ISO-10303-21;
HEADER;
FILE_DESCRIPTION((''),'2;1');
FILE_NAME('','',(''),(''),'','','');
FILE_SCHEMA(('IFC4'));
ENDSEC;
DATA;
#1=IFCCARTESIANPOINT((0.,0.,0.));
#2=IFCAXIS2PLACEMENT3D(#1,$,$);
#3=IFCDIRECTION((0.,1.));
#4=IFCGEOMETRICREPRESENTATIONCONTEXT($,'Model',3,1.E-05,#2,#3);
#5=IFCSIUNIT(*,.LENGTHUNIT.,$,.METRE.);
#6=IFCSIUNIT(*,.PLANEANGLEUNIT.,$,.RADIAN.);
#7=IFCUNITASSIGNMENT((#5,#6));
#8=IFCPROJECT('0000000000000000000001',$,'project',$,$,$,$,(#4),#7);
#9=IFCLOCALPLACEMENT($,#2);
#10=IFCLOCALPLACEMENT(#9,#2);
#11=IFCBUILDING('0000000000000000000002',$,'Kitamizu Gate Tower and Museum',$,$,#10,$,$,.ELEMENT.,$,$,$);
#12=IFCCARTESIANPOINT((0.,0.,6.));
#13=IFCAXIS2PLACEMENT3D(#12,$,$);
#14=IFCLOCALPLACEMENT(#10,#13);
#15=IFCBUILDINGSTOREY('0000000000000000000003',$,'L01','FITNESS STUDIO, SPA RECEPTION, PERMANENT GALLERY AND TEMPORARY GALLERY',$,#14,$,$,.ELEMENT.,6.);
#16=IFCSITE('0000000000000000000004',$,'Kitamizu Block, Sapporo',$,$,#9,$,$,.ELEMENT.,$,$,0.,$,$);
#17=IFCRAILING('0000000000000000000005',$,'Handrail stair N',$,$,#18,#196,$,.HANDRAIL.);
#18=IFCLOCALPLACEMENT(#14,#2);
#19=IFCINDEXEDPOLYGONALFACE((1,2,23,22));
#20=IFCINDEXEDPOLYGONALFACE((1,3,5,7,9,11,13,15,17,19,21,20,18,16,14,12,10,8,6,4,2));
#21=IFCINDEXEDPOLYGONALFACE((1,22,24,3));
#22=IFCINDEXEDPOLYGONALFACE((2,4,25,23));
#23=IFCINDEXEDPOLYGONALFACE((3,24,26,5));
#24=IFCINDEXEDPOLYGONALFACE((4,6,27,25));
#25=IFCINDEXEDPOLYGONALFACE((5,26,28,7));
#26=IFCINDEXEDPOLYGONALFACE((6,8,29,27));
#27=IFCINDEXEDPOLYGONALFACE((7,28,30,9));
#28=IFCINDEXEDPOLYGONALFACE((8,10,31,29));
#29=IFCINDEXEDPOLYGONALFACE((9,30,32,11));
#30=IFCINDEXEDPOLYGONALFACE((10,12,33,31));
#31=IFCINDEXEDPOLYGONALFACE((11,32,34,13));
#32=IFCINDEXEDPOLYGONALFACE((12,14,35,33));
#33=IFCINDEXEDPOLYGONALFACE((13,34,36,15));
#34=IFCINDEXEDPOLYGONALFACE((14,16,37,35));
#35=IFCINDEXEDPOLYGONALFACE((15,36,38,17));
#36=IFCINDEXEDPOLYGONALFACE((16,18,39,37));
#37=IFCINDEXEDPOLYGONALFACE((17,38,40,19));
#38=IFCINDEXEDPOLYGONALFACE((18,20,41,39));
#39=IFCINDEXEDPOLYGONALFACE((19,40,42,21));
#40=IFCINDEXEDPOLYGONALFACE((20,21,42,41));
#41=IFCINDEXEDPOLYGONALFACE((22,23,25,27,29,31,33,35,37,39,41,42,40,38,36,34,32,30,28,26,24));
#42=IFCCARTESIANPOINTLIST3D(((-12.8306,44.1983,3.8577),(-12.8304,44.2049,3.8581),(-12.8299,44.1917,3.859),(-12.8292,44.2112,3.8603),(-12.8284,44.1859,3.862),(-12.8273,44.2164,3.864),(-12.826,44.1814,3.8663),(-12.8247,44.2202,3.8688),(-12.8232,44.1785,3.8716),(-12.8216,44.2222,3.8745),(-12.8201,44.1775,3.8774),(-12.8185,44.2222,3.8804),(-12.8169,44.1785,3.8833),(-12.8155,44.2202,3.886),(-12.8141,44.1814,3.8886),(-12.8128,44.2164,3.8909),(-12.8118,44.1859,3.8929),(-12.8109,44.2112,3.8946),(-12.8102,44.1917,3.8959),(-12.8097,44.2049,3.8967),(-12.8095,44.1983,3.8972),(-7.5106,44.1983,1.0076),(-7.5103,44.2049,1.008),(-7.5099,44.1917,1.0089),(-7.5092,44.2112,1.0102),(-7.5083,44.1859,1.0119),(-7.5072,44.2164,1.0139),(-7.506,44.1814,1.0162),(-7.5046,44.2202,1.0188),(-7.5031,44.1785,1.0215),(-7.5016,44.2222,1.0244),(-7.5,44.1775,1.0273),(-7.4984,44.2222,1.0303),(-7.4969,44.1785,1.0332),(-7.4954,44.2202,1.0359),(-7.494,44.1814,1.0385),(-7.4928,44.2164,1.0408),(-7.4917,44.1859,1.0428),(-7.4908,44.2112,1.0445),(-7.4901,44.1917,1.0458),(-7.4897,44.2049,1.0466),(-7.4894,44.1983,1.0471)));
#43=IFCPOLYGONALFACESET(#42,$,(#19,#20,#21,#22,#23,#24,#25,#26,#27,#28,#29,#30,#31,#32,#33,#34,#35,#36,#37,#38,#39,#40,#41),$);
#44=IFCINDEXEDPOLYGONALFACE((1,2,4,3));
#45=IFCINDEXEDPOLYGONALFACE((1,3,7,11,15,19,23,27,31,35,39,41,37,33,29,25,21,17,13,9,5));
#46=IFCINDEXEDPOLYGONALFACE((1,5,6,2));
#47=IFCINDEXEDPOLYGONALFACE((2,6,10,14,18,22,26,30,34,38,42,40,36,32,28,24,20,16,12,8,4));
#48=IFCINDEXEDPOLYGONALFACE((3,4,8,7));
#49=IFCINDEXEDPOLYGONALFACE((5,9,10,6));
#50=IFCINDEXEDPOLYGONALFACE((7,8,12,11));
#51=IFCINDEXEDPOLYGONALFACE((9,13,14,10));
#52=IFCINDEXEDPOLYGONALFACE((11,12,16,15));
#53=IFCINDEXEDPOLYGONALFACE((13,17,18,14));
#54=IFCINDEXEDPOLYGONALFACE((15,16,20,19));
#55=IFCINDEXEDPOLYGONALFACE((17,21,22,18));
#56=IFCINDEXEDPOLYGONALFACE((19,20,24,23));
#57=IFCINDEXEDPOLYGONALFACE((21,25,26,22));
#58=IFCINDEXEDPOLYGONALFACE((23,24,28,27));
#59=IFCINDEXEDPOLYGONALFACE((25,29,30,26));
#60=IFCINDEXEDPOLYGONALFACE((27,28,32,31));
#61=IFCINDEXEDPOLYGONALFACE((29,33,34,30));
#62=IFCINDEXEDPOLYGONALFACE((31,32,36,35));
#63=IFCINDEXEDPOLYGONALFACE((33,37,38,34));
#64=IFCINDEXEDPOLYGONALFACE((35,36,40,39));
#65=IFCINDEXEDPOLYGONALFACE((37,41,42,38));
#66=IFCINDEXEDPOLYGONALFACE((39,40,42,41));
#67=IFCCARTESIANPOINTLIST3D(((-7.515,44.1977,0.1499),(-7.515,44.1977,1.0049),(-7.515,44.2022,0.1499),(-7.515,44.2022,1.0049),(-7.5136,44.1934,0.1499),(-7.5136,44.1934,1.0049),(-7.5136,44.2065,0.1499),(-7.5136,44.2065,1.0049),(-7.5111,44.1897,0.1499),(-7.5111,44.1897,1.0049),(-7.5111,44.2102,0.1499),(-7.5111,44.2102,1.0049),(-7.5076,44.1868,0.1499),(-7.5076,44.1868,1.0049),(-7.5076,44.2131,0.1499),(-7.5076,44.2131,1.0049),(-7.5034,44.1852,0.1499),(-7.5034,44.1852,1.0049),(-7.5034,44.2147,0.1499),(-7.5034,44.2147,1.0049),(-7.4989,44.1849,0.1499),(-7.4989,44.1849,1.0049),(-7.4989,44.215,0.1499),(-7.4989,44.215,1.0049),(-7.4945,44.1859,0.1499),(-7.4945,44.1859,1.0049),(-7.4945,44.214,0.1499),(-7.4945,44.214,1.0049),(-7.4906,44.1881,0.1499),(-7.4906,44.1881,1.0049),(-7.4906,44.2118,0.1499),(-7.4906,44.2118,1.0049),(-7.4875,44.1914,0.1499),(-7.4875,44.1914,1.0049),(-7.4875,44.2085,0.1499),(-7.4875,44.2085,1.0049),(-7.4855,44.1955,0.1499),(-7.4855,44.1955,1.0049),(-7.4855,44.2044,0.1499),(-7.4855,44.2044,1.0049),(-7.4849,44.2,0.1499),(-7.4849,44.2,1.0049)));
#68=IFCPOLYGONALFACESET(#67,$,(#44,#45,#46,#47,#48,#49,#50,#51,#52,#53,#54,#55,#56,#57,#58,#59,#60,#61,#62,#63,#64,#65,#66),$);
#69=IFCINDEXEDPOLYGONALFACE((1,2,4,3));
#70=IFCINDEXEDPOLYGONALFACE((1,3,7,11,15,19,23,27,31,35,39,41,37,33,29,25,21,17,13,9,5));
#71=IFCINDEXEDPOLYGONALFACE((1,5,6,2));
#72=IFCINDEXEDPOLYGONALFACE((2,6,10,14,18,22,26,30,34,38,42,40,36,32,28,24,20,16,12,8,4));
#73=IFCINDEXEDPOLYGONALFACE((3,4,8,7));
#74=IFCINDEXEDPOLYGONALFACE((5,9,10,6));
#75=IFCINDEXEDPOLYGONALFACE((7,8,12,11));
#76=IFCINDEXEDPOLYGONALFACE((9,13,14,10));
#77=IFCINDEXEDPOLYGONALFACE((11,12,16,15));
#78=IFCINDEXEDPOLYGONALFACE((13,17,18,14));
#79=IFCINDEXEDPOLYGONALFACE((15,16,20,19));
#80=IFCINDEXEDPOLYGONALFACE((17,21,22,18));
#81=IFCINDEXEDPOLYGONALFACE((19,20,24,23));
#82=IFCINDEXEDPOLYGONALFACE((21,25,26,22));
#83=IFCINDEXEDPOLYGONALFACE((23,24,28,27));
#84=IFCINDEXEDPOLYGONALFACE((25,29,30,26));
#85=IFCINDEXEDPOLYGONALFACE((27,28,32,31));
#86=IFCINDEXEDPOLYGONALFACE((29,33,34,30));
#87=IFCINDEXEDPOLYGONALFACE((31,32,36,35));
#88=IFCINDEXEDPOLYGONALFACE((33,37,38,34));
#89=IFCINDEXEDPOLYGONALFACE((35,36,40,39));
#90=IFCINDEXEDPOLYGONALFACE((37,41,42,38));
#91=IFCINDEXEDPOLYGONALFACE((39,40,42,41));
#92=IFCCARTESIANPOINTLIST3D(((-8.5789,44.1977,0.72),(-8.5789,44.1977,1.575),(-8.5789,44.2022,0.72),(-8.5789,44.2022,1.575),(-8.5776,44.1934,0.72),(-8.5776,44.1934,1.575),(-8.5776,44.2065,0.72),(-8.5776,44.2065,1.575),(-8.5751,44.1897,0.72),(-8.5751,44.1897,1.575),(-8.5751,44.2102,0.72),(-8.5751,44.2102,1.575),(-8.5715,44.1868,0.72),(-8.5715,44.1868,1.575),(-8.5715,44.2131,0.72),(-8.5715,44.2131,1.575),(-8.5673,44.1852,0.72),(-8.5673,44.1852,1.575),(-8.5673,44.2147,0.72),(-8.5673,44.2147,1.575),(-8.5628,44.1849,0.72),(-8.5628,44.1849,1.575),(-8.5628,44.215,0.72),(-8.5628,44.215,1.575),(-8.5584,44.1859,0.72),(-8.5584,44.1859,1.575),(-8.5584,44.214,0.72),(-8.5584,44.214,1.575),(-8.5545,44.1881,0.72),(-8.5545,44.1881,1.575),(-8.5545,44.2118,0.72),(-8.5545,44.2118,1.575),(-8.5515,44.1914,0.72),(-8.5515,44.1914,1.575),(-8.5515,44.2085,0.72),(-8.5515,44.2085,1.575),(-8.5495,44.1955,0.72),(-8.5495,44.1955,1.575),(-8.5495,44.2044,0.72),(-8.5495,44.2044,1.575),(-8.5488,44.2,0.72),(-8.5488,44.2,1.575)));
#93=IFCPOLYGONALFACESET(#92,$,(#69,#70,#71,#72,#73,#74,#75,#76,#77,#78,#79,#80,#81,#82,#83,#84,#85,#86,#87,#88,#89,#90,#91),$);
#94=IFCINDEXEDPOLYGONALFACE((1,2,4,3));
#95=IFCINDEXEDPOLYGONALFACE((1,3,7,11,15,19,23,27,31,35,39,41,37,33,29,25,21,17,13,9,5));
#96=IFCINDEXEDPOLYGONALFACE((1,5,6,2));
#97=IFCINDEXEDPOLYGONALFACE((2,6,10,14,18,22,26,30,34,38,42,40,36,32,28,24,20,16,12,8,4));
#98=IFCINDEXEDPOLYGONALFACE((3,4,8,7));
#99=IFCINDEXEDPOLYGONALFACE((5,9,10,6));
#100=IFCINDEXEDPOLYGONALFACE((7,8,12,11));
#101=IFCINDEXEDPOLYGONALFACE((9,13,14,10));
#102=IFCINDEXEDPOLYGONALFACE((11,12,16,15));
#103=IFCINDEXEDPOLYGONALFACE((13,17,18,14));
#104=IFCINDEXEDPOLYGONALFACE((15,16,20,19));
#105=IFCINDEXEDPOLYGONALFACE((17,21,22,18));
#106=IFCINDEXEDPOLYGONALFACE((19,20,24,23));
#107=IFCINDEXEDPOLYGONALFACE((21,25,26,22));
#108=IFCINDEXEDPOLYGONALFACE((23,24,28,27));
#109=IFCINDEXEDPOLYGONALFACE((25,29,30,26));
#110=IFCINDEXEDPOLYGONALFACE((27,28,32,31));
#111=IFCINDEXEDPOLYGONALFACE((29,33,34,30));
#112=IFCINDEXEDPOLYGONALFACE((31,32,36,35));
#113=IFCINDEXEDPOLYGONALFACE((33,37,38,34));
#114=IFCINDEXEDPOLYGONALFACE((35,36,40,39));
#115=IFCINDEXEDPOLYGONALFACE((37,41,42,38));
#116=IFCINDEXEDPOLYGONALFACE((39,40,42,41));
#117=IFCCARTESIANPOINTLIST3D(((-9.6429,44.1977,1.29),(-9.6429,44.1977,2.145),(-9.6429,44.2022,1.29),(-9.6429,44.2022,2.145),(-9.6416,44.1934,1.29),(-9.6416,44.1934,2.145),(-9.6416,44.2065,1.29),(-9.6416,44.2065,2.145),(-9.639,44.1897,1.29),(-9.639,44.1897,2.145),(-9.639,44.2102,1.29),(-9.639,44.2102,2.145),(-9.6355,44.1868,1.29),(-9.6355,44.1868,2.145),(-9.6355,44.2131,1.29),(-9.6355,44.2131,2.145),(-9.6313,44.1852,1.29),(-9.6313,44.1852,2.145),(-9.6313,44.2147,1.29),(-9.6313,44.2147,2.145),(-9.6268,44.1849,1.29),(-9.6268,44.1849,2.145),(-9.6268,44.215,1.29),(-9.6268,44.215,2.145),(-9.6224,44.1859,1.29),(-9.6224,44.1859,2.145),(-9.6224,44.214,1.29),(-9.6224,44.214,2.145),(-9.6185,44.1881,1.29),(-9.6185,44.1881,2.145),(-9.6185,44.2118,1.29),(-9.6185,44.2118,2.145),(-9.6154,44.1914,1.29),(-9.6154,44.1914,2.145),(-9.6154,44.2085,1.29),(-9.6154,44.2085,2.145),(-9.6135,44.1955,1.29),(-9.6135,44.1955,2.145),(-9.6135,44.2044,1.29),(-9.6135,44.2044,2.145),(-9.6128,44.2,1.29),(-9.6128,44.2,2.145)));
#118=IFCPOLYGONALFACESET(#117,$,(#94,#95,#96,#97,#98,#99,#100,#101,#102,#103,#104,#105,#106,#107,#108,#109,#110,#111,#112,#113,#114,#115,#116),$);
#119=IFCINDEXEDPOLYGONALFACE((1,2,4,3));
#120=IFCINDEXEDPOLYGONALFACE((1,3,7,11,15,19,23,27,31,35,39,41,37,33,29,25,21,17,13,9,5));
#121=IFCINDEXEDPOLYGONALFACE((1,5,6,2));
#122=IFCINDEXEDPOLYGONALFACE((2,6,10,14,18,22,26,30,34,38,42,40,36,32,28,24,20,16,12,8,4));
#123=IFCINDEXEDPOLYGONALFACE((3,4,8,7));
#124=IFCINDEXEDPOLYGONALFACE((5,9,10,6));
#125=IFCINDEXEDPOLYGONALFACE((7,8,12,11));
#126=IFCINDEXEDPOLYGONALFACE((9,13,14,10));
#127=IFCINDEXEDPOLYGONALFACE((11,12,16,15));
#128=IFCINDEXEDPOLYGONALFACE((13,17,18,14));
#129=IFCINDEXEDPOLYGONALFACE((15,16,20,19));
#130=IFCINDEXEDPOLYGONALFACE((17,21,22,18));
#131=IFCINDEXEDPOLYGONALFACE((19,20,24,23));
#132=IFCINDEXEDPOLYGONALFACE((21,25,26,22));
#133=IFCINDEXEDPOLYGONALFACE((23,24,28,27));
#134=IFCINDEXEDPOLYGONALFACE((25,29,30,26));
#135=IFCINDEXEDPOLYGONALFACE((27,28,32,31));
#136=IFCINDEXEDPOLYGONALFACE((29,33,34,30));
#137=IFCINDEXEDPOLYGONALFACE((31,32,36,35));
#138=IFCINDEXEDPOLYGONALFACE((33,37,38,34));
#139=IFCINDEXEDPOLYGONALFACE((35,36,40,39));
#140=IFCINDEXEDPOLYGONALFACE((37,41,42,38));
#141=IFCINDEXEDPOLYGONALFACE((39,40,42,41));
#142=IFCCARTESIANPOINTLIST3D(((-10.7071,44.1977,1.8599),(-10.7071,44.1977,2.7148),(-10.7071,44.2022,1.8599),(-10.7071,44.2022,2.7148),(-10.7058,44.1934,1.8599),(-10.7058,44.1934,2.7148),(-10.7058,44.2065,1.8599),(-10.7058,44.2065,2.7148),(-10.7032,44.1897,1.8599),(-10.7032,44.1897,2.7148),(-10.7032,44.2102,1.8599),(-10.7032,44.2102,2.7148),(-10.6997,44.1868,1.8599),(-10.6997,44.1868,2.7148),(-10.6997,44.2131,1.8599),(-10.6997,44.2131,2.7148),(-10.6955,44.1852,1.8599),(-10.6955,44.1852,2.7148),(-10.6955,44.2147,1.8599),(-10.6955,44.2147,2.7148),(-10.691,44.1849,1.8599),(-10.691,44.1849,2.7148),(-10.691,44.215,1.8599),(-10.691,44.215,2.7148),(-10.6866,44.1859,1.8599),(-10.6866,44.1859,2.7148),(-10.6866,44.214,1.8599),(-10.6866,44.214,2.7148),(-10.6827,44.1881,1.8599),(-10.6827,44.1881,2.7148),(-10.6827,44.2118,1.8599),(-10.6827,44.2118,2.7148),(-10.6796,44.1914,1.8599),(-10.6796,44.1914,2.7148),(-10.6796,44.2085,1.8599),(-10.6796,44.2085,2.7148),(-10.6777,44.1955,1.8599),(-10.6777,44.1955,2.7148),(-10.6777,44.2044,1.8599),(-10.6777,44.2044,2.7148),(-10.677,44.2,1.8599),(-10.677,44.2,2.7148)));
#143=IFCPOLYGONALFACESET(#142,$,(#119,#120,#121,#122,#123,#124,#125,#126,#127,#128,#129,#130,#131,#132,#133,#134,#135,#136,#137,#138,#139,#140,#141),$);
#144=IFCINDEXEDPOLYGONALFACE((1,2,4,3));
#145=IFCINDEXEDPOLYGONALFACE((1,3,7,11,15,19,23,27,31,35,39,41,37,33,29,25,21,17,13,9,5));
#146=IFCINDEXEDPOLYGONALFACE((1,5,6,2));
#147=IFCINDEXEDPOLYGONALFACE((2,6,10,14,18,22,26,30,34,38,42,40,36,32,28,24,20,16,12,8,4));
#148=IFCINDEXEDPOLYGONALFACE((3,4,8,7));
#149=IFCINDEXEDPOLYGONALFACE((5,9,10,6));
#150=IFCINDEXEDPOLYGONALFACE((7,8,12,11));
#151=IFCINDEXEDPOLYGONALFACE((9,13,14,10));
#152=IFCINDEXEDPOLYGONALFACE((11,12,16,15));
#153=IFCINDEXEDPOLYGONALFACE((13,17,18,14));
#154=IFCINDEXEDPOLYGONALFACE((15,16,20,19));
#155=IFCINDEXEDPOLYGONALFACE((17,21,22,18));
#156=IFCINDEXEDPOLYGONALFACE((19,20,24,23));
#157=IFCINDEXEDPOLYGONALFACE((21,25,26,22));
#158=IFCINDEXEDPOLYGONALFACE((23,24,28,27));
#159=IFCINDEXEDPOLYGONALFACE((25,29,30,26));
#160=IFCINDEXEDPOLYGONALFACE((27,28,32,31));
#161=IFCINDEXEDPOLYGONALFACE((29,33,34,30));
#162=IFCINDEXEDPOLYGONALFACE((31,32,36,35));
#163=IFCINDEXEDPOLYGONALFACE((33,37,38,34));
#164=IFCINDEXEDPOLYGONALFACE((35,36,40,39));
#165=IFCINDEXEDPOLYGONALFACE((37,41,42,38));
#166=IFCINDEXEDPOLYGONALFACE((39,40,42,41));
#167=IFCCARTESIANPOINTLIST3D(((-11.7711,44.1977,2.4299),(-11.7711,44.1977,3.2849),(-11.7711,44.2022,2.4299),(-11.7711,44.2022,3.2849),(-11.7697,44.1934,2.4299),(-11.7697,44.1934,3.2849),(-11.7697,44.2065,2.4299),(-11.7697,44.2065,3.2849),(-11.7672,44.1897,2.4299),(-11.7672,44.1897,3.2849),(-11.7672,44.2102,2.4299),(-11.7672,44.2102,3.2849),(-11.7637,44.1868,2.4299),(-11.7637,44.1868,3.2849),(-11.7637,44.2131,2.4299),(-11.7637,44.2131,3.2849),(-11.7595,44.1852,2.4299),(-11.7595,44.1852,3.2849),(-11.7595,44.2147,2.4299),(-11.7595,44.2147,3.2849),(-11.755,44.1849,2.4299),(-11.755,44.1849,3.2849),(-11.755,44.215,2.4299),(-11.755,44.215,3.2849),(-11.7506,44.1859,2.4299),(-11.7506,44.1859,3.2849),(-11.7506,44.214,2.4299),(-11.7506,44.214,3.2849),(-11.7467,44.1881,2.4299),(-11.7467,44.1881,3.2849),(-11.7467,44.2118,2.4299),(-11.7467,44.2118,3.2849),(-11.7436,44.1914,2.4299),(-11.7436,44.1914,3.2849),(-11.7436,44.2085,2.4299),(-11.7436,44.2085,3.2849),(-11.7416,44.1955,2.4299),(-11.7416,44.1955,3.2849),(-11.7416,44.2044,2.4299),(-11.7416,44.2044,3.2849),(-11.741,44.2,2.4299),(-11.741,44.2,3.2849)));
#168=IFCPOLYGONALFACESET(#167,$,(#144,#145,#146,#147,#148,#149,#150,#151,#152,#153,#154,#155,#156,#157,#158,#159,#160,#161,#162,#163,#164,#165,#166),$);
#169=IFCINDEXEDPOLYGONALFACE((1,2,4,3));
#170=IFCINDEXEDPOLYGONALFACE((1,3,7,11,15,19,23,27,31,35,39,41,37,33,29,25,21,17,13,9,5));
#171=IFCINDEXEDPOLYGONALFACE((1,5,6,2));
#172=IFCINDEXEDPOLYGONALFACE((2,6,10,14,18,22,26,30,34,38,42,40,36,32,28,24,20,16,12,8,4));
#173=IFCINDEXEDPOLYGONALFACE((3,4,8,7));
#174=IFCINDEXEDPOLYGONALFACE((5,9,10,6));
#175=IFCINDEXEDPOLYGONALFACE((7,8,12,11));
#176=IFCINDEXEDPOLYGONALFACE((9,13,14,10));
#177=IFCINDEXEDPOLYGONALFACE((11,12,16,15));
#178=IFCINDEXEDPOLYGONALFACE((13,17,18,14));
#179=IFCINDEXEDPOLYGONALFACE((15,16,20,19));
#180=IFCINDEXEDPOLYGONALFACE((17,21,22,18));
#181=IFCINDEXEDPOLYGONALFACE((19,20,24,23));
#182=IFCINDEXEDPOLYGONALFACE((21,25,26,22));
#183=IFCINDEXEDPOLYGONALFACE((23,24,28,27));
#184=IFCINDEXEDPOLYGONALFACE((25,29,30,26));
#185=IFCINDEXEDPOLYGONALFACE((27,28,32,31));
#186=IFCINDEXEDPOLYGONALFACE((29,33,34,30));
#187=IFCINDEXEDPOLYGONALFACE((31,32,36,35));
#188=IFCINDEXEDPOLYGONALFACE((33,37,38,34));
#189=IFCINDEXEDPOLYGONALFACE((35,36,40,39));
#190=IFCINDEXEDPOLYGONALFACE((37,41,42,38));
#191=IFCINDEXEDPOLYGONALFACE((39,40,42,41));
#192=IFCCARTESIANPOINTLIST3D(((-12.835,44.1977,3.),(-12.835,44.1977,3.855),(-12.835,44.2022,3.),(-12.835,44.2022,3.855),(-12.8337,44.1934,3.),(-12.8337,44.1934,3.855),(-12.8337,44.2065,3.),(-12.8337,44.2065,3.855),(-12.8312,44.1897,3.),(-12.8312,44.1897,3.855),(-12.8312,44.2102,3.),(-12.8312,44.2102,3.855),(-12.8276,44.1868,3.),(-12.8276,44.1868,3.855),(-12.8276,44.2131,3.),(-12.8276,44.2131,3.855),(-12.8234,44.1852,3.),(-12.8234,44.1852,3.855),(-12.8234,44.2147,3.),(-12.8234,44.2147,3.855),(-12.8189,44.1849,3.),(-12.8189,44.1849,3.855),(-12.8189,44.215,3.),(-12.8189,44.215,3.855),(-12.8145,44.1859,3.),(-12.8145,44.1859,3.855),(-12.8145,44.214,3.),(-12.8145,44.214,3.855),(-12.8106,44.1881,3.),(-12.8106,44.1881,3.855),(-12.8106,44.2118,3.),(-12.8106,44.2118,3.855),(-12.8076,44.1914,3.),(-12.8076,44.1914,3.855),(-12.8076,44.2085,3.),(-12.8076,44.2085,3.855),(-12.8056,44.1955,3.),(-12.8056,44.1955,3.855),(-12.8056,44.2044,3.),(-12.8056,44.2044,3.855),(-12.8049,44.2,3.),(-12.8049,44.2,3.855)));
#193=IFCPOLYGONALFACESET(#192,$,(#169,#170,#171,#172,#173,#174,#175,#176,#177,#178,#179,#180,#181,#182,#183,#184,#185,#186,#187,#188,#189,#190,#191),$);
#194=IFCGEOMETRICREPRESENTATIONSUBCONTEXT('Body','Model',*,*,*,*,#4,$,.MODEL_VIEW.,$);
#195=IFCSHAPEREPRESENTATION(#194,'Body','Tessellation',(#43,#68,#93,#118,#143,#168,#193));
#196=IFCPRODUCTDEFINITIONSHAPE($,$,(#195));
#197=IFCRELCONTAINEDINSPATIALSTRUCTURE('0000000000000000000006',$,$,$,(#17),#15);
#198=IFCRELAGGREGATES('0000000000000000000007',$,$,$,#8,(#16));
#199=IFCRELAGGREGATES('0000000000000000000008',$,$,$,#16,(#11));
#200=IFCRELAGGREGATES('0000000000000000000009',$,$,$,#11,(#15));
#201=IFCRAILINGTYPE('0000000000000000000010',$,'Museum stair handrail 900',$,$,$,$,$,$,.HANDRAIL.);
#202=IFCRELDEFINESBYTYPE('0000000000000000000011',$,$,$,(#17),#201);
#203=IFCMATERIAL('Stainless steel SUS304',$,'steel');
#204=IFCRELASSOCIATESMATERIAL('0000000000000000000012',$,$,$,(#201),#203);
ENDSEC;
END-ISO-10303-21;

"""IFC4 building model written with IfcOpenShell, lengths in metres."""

from ifc_helpers import new_model, si_unit, direction, frame, origin, origin_2d, place, context, subcontext, project, spatial, circle, extrude, material, type_object, element, save


model = new_model("IFC4")

# Units and contexts
model_context = context("Model", 3, precision=1e-05, world=origin(), true_north=direction((0.0, 1.0)))
body_context = subcontext(model_context, "Body", "Model", "MODEL_VIEW")
ifc_project = project(units=[si_unit("LENGTHUNIT", "METRE"), si_unit("PLANEANGLEUNIT", "RADIAN")], contexts=[model_context])

# Site, building, storey
site_placement = place(None, origin())
site = spatial("IfcSite", under=ifc_project, at=site_placement, Name="Kitamizu Block, Sapporo", CompositionType="ELEMENT", RefElevation=0.0)
building_placement = place(site_placement, origin())
building = spatial("IfcBuilding", under=site, at=building_placement, Name="Kitamizu Gate Tower and Museum", CompositionType="ELEMENT")
storey_placement = place(building_placement, frame((0.0, 0.0, 6.0)))
storey = spatial("IfcBuildingStorey", under=building, at=storey_placement, Name="L01", Description="FITNESS STUDIO, SPA RECEPTION, PERMANENT GALLERY AND TEMPORARY GALLERY", CompositionType="ELEMENT", Elevation=6.0)

# Railing
ifc_material_1 = material(Name="Stainless steel SUS304", Category="steel")
railing_type = type_object("IfcRailingType", Name="Museum stair handrail 900", PredefinedType="HANDRAIL", material=ifc_material_1)
for number, where, name in (
    (1, (-7.5, 44.2, 0.1499), "Handrail stair N"),
):
    element("IfcRailing", number, at=place(storey_placement, frame(where)), inside=storey, type_object=railing_type, Name=name, PredefinedType="HANDRAIL", context=body_context, shape_type="SweptSolid", body=[
        extrude(circle(Radius=0.0225, at=origin_2d()), frame((0.0, 0.0, 0.8774), z_axis=(-0.881476, 0.0, 0.472229), x_axis=(0.0, -1.0, 0.0)), (0.0, 0.0, 1.0), 6.0354),
        extrude(circle(Radius=0.0151, at=origin_2d()), origin(), (0.0, 0.0, 1.0), 0.855),
        extrude(circle(Radius=0.0151, at=origin_2d()), frame((-1.064, 0.0, 0.5701)), (0.0, 0.0, 1.0), 0.855),
        extrude(circle(Radius=0.0151, at=origin_2d()), frame((-2.1279, 0.0, 1.1401)), (0.0, 0.0, 1.0), 0.855),
        extrude(circle(Radius=0.0151, at=origin_2d()), frame((-3.1921, 0.0, 1.71)), (0.0, 0.0, 1.0), 0.855),
        extrude(circle(Radius=0.0151, at=origin_2d()), frame((-4.2561, 0.0, 2.28)), (0.0, 0.0, 1.0), 0.855),
        extrude(circle(Radius=0.0151, at=origin_2d()), frame((-5.3201, 0.0, 2.8501)), (0.0, 0.0, 1.0), 0.855),
    ])

save(model, "model.ifc")
